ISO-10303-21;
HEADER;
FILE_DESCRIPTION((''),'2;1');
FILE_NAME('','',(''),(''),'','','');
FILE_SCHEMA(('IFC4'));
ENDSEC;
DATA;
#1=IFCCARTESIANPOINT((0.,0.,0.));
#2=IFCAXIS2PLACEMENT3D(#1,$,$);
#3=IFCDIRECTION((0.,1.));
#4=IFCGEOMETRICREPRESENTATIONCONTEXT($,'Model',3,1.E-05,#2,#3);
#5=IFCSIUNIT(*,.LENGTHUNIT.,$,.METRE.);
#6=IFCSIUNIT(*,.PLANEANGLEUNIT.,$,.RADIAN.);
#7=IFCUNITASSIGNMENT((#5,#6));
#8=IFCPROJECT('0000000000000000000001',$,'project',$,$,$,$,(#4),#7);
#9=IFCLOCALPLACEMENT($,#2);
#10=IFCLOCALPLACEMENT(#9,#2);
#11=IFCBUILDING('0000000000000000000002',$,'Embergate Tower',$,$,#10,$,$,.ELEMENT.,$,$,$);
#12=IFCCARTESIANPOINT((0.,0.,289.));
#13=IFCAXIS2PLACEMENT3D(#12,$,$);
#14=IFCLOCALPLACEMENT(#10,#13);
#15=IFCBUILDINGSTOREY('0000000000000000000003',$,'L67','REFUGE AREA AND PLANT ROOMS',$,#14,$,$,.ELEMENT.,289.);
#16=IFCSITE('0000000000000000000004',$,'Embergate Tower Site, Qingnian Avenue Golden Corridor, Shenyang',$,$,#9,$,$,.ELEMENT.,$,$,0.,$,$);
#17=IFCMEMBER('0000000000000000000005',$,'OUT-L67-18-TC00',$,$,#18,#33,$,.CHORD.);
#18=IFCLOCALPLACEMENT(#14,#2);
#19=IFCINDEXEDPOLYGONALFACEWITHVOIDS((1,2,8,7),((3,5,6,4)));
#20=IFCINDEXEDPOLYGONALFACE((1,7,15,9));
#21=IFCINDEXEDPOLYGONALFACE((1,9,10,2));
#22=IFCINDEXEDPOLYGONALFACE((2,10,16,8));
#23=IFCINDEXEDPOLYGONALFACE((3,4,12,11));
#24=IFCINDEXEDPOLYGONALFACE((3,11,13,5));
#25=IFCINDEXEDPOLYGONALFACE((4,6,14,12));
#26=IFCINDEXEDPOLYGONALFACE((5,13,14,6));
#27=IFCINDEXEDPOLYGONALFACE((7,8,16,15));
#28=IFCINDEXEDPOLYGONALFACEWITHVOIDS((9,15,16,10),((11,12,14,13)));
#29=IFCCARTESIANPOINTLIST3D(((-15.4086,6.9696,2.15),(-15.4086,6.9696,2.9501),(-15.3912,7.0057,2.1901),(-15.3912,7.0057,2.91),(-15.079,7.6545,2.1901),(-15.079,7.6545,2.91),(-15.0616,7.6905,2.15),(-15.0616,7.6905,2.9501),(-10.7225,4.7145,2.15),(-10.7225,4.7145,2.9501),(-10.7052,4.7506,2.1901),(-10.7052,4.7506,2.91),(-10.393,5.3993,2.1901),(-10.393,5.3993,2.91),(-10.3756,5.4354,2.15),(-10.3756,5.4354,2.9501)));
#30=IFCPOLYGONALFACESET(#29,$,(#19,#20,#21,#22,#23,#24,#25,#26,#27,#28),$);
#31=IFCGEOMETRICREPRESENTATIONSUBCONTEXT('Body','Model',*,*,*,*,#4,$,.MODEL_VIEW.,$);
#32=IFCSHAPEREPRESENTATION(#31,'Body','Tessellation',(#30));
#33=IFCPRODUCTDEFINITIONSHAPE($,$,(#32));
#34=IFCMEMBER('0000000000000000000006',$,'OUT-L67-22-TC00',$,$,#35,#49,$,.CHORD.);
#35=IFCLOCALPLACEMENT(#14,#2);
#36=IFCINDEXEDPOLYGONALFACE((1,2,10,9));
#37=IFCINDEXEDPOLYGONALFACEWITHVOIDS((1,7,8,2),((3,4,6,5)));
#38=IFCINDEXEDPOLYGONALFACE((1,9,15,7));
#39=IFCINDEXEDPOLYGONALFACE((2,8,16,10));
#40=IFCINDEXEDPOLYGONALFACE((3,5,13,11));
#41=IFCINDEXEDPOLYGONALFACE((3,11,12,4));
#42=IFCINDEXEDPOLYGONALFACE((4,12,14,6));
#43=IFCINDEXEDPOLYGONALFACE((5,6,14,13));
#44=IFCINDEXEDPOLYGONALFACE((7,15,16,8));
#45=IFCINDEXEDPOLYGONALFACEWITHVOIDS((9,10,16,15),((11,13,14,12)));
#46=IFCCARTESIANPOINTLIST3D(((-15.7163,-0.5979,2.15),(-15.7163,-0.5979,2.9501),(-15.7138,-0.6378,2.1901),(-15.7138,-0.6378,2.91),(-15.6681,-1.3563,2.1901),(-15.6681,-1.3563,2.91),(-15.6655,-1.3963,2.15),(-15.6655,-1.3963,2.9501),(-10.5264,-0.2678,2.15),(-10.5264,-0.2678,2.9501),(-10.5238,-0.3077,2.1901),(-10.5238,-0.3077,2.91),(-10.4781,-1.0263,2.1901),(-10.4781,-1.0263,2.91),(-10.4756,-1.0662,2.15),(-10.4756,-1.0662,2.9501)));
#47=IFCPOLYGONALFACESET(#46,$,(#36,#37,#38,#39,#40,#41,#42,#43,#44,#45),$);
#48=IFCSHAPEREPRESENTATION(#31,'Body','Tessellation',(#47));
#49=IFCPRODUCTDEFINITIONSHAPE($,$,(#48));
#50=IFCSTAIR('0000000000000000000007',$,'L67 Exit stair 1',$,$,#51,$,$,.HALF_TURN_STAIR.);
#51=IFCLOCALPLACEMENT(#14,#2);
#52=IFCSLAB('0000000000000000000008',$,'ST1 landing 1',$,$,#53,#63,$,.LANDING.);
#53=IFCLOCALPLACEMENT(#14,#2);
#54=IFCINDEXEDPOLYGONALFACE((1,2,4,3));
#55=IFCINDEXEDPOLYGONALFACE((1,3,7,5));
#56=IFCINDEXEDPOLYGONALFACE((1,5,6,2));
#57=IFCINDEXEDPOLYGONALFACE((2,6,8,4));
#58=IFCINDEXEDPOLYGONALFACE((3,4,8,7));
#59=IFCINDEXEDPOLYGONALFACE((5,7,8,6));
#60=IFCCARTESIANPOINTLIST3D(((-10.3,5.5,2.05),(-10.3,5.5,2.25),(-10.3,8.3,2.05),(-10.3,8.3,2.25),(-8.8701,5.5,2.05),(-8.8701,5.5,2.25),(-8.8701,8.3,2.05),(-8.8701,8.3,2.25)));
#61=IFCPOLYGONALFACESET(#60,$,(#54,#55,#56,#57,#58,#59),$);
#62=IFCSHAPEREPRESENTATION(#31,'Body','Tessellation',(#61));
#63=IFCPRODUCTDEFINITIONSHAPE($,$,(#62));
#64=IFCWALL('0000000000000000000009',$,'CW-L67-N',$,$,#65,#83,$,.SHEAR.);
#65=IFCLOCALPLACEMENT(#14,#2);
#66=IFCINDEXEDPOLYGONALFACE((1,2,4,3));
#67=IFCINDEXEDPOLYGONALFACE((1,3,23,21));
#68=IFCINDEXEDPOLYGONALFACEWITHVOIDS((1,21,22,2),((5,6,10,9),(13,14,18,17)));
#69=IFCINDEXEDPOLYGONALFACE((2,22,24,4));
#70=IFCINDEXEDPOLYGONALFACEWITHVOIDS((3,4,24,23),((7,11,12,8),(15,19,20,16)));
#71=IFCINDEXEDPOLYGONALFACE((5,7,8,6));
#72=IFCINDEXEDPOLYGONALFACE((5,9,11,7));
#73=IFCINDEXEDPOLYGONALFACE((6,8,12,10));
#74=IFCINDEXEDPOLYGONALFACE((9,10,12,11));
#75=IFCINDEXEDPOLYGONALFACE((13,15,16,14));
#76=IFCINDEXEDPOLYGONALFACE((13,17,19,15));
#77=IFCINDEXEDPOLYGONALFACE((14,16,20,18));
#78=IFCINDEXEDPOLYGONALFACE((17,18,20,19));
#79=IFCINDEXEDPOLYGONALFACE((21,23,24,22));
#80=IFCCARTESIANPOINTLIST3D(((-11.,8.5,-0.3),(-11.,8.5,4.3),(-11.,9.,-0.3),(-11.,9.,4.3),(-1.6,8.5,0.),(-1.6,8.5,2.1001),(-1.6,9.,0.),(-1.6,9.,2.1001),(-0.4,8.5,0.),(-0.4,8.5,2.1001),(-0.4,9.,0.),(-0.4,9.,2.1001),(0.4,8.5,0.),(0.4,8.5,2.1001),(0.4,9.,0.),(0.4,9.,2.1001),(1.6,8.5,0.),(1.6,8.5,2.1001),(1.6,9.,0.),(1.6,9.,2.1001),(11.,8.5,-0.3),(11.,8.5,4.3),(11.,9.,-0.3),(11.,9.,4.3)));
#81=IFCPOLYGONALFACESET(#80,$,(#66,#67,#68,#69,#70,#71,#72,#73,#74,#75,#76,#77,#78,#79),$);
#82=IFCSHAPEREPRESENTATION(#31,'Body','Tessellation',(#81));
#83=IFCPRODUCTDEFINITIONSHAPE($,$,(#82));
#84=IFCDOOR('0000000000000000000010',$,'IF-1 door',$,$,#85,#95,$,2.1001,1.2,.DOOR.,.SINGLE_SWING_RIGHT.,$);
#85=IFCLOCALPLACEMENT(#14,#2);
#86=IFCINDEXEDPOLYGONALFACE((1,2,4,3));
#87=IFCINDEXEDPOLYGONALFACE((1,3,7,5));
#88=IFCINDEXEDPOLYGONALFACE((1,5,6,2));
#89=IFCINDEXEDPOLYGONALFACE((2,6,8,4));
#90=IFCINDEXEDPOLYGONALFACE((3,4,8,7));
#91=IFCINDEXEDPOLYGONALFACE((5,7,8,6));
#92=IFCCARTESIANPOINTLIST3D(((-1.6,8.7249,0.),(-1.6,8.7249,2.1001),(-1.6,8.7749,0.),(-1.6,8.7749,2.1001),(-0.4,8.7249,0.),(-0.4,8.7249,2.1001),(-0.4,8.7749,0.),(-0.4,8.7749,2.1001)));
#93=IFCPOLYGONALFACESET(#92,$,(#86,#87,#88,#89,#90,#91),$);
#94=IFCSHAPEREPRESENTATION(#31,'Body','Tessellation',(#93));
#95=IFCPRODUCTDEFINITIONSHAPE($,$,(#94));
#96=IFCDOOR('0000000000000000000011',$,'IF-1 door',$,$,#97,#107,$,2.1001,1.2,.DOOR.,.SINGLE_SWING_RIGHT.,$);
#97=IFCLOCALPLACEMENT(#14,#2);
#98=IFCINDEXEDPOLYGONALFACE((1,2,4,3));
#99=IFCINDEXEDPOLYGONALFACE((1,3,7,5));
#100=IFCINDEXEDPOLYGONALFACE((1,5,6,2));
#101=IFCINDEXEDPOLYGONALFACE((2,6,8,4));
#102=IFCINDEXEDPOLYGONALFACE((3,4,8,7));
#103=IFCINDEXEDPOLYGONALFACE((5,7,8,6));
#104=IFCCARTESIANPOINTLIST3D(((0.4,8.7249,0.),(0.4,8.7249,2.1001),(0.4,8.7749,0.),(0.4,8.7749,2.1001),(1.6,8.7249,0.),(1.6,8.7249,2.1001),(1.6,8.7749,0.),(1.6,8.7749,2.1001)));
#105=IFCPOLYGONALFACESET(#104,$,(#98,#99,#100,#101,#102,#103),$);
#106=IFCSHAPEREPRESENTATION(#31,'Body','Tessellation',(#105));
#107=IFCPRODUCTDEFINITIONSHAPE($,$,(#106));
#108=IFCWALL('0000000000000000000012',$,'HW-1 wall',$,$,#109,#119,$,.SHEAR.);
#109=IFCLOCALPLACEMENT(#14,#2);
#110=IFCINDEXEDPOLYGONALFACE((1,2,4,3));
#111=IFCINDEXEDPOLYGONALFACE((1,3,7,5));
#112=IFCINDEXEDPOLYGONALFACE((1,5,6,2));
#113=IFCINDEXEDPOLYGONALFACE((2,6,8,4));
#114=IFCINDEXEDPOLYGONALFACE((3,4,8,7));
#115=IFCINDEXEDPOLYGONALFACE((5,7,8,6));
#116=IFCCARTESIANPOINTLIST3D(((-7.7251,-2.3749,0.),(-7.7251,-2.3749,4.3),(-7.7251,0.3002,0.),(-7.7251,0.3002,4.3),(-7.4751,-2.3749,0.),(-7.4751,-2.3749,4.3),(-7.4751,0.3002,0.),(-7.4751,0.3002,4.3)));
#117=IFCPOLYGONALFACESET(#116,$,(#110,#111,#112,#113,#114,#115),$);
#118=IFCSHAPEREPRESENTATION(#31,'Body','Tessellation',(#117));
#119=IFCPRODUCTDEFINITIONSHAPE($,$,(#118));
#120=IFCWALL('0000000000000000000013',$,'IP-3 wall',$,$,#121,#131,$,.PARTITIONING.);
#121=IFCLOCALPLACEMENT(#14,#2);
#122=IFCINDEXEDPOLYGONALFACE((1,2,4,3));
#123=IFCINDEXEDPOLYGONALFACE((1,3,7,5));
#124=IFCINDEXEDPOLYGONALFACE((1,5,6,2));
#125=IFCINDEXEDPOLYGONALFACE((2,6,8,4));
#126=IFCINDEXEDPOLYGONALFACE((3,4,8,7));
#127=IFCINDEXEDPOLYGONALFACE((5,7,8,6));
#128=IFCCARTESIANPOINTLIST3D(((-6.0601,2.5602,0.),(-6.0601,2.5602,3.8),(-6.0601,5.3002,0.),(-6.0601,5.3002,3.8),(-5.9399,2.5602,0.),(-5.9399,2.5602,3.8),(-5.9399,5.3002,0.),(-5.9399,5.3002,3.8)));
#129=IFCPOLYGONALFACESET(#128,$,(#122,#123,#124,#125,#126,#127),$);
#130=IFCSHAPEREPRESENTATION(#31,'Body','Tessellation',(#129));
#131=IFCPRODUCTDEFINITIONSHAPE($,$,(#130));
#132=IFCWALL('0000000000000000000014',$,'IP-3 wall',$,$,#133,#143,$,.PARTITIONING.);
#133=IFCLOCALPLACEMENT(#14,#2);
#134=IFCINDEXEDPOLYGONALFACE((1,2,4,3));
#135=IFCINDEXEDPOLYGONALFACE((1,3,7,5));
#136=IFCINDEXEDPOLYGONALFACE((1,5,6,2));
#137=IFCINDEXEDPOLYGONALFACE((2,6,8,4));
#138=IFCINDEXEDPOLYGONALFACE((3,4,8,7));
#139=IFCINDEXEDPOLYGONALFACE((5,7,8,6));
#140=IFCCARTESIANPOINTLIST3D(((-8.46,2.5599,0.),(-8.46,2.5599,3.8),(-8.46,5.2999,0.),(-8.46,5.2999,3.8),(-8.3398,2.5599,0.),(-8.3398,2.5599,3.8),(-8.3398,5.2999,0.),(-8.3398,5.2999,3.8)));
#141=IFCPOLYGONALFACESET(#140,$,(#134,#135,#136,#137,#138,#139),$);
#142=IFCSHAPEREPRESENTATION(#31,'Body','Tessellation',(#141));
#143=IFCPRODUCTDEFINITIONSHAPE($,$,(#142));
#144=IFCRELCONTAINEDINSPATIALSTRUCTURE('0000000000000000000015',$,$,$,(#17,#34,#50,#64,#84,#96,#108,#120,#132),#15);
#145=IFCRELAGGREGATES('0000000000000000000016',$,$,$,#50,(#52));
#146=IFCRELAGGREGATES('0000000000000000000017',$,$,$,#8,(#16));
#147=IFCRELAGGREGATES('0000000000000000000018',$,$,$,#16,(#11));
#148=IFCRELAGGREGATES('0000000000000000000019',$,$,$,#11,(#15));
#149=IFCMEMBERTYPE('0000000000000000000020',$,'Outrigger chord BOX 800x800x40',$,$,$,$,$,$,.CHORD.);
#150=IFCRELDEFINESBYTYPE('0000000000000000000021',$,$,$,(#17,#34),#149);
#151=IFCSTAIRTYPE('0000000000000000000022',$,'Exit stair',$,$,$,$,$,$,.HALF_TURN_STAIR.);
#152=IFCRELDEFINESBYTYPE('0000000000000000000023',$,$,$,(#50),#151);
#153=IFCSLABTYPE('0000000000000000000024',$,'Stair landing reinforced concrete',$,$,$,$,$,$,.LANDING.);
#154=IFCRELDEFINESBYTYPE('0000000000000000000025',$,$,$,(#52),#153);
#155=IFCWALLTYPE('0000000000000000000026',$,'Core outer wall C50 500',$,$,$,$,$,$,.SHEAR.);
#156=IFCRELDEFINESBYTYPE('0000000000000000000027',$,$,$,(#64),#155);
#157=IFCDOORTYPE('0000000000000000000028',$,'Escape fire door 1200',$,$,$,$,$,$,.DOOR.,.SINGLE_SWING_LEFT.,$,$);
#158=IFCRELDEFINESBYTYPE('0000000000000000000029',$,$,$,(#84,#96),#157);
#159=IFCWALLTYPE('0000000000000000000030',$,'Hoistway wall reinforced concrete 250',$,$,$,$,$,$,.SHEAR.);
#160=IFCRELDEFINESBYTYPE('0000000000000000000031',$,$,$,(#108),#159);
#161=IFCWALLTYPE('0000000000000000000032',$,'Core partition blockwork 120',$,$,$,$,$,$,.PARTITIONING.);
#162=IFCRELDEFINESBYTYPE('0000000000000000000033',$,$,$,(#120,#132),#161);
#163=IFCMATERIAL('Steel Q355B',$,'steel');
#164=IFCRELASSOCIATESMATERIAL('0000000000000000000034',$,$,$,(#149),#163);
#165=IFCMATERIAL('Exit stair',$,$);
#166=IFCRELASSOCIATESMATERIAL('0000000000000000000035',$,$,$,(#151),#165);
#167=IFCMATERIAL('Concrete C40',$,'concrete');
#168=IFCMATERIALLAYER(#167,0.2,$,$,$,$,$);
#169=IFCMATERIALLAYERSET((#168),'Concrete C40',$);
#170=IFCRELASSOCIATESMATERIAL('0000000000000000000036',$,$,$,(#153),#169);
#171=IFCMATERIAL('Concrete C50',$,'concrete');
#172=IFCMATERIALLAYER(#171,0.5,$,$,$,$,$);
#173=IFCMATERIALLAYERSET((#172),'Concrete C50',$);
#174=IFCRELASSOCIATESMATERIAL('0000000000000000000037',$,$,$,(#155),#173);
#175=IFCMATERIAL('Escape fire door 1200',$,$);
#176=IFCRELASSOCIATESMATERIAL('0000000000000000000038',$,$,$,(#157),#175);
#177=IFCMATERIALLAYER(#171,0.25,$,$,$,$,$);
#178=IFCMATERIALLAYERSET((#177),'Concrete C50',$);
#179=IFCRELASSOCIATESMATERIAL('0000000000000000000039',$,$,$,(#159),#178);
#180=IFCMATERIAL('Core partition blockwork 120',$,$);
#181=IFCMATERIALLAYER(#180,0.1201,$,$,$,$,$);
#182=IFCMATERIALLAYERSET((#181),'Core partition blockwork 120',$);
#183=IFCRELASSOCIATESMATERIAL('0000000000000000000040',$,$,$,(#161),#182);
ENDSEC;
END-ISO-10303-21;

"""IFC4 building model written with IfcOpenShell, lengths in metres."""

from ifc_helpers import new_model, si_unit, direction, frame, frame_2d, origin, origin_2d, place, context, subcontext, project, spatial, polyline, rectangle, hollow_rectangle, outline, extrude, source, transform, mapped, material, layer, layer_set, material_profile, profile_set, type_object, element, fill, aggregate, save


model = new_model("IFC4")

# Units and contexts
model_context = context("Model", 3, precision=1e-05, world=origin(), true_north=direction((0.0, 1.0)))
body_context = subcontext(model_context, "Body", "Model", "MODEL_VIEW")
ifc_project = project(units=[si_unit("LENGTHUNIT", "METRE"), si_unit("PLANEANGLEUNIT", "RADIAN")], contexts=[model_context])

# Site, building, storey
site_placement = place(None, origin())
site = spatial("IfcSite", under=ifc_project, at=site_placement, Name="Embergate Tower Site, Qingnian Avenue Golden Corridor, Shenyang", CompositionType="ELEMENT", RefElevation=0.0)
building_placement = place(site_placement, origin())
building = spatial("IfcBuilding", under=site, at=building_placement, Name="Embergate Tower", CompositionType="ELEMENT")
storey_placement = place(building_placement, frame((0.0, 0.0, 289.0)))
storey = spatial("IfcBuildingStorey", under=building, at=storey_placement, Name="L67", Description="REFUGE AREA AND PLANT ROOMS", CompositionType="ELEMENT", Elevation=289.0)

# Members
ifc_material_1 = material(Name="Steel Q355B", Category="steel")
ifc_material_profile = material_profile(ifc_material_1, hollow_rectangle(XDim=0.8, YDim=0.8, WallThickness=0.04, at=origin_2d()), Name="BOX 800x800x40")
ifc_profile_set = profile_set([ifc_material_profile], Name="Steel Q355 grade B")
member_type = type_object("IfcMemberType", Name="Outrigger chord BOX 800x800x40", PredefinedType="CHORD", material=ifc_profile_set)
shared_shape_1 = source(origin(), body_context, "Body", "SweptSolid", [
    extrude(hollow_rectangle(XDim=0.8, YDim=0.8, WallThickness=0.04, at=origin_2d()), origin(), (0.0, 0.0, 1.0), 5.2004),
])
for number, where, z_axis, x_axis, name in (
    (1, (-10.5491, 5.075, 2.55), (-0.901085, 0.433642, 0.0), (-0.433642, -0.901085, 0.0), "OUT-L67-18-TC00"),
    (2, (-10.501, -0.667, 2.55), (-0.997984, -0.063471, 0.0), (0.063471, -0.997984, 0.0), "OUT-L67-22-TC00"),
):
    element("IfcMember", number, at=place(storey_placement, frame(where, z_axis=z_axis, x_axis=x_axis)), inside=storey, type_object=member_type, Name=name, PredefinedType="CHORD", context=body_context, shape_type="MappedRepresentation", body=[
        mapped(shared_shape_1, transform((0.0, 0.0, 0.0))),
    ])

# Stair, slab
ifc_material_2 = material(Name="Exit stair")
stair_type = type_object("IfcStairType", Name="Exit stair", PredefinedType="HALF_TURN_STAIR", material=ifc_material_2)
stair_placement = place(storey_placement, origin())
stair = element("IfcStair", 3, at=stair_placement, inside=storey, type_object=stair_type, Name="L67 Exit stair 1", PredefinedType="HALF_TURN_STAIR")
ifc_material_3 = material(Name="Concrete C40", Category="concrete")
ifc_layer_1 = layer(ifc_material_3, 0.2)
ifc_layer_set_1 = layer_set([ifc_layer_1], Name="Concrete C40")
slab_type = type_object("IfcSlabType", Name="Stair landing reinforced concrete", PredefinedType="LANDING", material=ifc_layer_set_1)
shared_shape_2 = source(origin(), body_context, "Body", "SweptSolid", [
    extrude(outline(polyline([(0.0, 0.0), (1.4299, 0.0), (1.4299, 2.8), (0.0, 2.8), (0.0, 0.0)])), origin(), (0.0, 0.0, 1.0), 0.2),
])
slab_placement = place(storey_placement, frame((-10.3, 5.5, 2.05)))
slab = element("IfcSlab", 4, at=slab_placement, type_object=slab_type, Name="ST1 landing 1", PredefinedType="LANDING", context=body_context, shape_type="MappedRepresentation", body=[
    mapped(shared_shape_2, transform((0.0, 0.0, 0.0))),
])

# Wall, openings, doors
ifc_material_4 = material(Name="Concrete C50", Category="concrete")
ifc_layer_2 = layer(ifc_material_4, 0.5)
ifc_layer_set_2 = layer_set([ifc_layer_2], Name="Concrete C50")
wall_type_1 = type_object("IfcWallType", Name="Core outer wall C50 500", PredefinedType="SHEAR", material=ifc_layer_set_2)
shared_shape_3 = source(origin(), body_context, "Body", "SweptSolid", [
    extrude(rectangle(XDim=22.0, YDim=0.5, at=frame_2d((11.0, 0.0))), origin(), (0.0, 0.0, 1.0), 4.6001),
])
wall_1_placement = place(storey_placement, frame((-11.0, 8.75, -0.3), z_axis=(0.0, 0.0, 1.0), x_axis=(1.0, 0.0, 0.0)))
wall_1 = element("IfcWall", 5, at=wall_1_placement, inside=storey, type_object=wall_type_1, Name="CW-L67-N", PredefinedType="SHEAR", context=body_context, shape_type="MappedRepresentation", body=[
    mapped(shared_shape_3, transform((0.0, 0.0, 0.0))),
])
shared_shape_4 = source(origin(), body_context, "Body", "SweptSolid", [
    extrude(rectangle(XDim=1.2, YDim=2.1001, at=frame_2d((0.6001, 1.05))), frame((0.0, 0.26, 0.0), z_axis=(0.0, -1.0, 0.0), x_axis=(1.0, 0.0, 0.0)), (0.0, 0.0, 1.0), 0.52),
])
opening_1_placement = place(wall_1_placement, frame((9.3999, 0.0, 0.3)))
opening_1 = element("IfcOpeningElement", 6, at=opening_1_placement, cuts=wall_1, PredefinedType="OPENING", context=body_context, shape_type="MappedRepresentation", body=[
    mapped(shared_shape_4, transform((0.0, 0.0, 0.0))),
])
opening_2_placement = place(wall_1_placement, frame((11.3999, 0.0, 0.3)))
opening_2 = element("IfcOpeningElement", 7, at=opening_2_placement, cuts=wall_1, PredefinedType="OPENING", context=body_context, shape_type="MappedRepresentation", body=[
    mapped(shared_shape_4, transform((0.0, 0.0, 0.0))),
])
ifc_material_5 = material(Name="Escape fire door 1200")
door_type_1 = type_object("IfcDoorType", Name="Escape fire door 1200", OperationType="SINGLE_SWING_LEFT", PredefinedType="DOOR", material=ifc_material_5)
shared_shape_5 = source(origin(), body_context, "Body", "SweptSolid", [
    extrude(rectangle(XDim=1.2, YDim=2.1001, at=frame_2d((0.6001, 1.05))), frame((0.0, 0.0249, 0.0), z_axis=(0.0, -1.0, 0.0), x_axis=(1.0, 0.0, 0.0)), (0.0, 0.0, 1.0), 0.05),
])
door_1_placement = place(opening_1_placement, origin())
door_1 = element("IfcDoor", 8, at=door_1_placement, inside=storey, type_object=door_type_1, Name="IF-1 door", OperationType="SINGLE_SWING_RIGHT", OverallHeight=2.1001, OverallWidth=1.2, PredefinedType="DOOR", context=body_context, shape_type="MappedRepresentation", body=[
    mapped(shared_shape_5, transform((0.0, 0.0, 0.0))),
])
fill(opening_1, door_1)
door_2_placement = place(opening_2_placement, origin())
door_2 = element("IfcDoor", 9, at=door_2_placement, inside=storey, type_object=door_type_1, Name="IF-1 door", OperationType="SINGLE_SWING_RIGHT", OverallHeight=2.1001, OverallWidth=1.2, PredefinedType="DOOR", context=body_context, shape_type="MappedRepresentation", body=[
    mapped(shared_shape_5, transform((0.0, 0.0, 0.0))),
])
fill(opening_2, door_2)

# Walls
ifc_layer_3 = layer(ifc_material_4, 0.25)
ifc_layer_set_3 = layer_set([ifc_layer_3], Name="Concrete C50")
wall_type_2 = type_object("IfcWallType", Name="Hoistway wall reinforced concrete 250", PredefinedType="SHEAR", material=ifc_layer_set_3)
shared_shape_6 = source(origin(), body_context, "Body", "SweptSolid", [
    extrude(rectangle(XDim=2.675, YDim=0.25, at=frame_2d((1.3374, 0.0))), origin(), (0.0, 0.0, 1.0), 4.3),
])
wall_2_placement = place(storey_placement, frame((-7.6001, 0.3, 0.0), z_axis=(0.0, 0.0, 1.0), x_axis=(0.0, -1.0, 0.0)))
element("IfcWall", 10, at=wall_2_placement, inside=storey, type_object=wall_type_2, Name="HW-1 wall", PredefinedType="SHEAR", context=body_context, shape_type="MappedRepresentation", body=[
    mapped(shared_shape_6, transform((0.0, 0.0, 0.0))),
])
ifc_material_6 = material(Name="Core partition blockwork 120")
ifc_layer_4 = layer(ifc_material_6, 0.1201)
ifc_layer_set_4 = layer_set([ifc_layer_4], Name="Core partition blockwork 120")
wall_type_3 = type_object("IfcWallType", Name="Core partition blockwork 120", PredefinedType="PARTITIONING", material=ifc_layer_set_4)
shared_shape_7 = source(origin(), body_context, "Body", "SweptSolid", [
    extrude(rectangle(XDim=2.74, YDim=0.1201, at=frame_2d((1.3701, 0.0))), origin(), (0.0, 0.0, 1.0), 3.8),
])
for number, where, z_axis, x_axis, name in (
    (11, (-6.0, 2.5601, 0.0), (0.0, 0.0, 1.0), (0.0, 1.0, 0.0), "IP-3 wall"),
    (12, (-8.3999, 5.3, 0.0), (0.0, 0.0, 1.0), (0.0, -1.0, 0.0), "IP-3 wall"),
):
    element("IfcWall", number, at=place(storey_placement, frame(where, z_axis=z_axis, x_axis=x_axis)), inside=storey, type_object=wall_type_3, Name=name, PredefinedType="PARTITIONING", context=body_context, shape_type="MappedRepresentation", body=[
        mapped(shared_shape_7, transform((0.0, 0.0, 0.0))),
    ])

aggregate(stair, [slab])

save(model, "model.ifc")
